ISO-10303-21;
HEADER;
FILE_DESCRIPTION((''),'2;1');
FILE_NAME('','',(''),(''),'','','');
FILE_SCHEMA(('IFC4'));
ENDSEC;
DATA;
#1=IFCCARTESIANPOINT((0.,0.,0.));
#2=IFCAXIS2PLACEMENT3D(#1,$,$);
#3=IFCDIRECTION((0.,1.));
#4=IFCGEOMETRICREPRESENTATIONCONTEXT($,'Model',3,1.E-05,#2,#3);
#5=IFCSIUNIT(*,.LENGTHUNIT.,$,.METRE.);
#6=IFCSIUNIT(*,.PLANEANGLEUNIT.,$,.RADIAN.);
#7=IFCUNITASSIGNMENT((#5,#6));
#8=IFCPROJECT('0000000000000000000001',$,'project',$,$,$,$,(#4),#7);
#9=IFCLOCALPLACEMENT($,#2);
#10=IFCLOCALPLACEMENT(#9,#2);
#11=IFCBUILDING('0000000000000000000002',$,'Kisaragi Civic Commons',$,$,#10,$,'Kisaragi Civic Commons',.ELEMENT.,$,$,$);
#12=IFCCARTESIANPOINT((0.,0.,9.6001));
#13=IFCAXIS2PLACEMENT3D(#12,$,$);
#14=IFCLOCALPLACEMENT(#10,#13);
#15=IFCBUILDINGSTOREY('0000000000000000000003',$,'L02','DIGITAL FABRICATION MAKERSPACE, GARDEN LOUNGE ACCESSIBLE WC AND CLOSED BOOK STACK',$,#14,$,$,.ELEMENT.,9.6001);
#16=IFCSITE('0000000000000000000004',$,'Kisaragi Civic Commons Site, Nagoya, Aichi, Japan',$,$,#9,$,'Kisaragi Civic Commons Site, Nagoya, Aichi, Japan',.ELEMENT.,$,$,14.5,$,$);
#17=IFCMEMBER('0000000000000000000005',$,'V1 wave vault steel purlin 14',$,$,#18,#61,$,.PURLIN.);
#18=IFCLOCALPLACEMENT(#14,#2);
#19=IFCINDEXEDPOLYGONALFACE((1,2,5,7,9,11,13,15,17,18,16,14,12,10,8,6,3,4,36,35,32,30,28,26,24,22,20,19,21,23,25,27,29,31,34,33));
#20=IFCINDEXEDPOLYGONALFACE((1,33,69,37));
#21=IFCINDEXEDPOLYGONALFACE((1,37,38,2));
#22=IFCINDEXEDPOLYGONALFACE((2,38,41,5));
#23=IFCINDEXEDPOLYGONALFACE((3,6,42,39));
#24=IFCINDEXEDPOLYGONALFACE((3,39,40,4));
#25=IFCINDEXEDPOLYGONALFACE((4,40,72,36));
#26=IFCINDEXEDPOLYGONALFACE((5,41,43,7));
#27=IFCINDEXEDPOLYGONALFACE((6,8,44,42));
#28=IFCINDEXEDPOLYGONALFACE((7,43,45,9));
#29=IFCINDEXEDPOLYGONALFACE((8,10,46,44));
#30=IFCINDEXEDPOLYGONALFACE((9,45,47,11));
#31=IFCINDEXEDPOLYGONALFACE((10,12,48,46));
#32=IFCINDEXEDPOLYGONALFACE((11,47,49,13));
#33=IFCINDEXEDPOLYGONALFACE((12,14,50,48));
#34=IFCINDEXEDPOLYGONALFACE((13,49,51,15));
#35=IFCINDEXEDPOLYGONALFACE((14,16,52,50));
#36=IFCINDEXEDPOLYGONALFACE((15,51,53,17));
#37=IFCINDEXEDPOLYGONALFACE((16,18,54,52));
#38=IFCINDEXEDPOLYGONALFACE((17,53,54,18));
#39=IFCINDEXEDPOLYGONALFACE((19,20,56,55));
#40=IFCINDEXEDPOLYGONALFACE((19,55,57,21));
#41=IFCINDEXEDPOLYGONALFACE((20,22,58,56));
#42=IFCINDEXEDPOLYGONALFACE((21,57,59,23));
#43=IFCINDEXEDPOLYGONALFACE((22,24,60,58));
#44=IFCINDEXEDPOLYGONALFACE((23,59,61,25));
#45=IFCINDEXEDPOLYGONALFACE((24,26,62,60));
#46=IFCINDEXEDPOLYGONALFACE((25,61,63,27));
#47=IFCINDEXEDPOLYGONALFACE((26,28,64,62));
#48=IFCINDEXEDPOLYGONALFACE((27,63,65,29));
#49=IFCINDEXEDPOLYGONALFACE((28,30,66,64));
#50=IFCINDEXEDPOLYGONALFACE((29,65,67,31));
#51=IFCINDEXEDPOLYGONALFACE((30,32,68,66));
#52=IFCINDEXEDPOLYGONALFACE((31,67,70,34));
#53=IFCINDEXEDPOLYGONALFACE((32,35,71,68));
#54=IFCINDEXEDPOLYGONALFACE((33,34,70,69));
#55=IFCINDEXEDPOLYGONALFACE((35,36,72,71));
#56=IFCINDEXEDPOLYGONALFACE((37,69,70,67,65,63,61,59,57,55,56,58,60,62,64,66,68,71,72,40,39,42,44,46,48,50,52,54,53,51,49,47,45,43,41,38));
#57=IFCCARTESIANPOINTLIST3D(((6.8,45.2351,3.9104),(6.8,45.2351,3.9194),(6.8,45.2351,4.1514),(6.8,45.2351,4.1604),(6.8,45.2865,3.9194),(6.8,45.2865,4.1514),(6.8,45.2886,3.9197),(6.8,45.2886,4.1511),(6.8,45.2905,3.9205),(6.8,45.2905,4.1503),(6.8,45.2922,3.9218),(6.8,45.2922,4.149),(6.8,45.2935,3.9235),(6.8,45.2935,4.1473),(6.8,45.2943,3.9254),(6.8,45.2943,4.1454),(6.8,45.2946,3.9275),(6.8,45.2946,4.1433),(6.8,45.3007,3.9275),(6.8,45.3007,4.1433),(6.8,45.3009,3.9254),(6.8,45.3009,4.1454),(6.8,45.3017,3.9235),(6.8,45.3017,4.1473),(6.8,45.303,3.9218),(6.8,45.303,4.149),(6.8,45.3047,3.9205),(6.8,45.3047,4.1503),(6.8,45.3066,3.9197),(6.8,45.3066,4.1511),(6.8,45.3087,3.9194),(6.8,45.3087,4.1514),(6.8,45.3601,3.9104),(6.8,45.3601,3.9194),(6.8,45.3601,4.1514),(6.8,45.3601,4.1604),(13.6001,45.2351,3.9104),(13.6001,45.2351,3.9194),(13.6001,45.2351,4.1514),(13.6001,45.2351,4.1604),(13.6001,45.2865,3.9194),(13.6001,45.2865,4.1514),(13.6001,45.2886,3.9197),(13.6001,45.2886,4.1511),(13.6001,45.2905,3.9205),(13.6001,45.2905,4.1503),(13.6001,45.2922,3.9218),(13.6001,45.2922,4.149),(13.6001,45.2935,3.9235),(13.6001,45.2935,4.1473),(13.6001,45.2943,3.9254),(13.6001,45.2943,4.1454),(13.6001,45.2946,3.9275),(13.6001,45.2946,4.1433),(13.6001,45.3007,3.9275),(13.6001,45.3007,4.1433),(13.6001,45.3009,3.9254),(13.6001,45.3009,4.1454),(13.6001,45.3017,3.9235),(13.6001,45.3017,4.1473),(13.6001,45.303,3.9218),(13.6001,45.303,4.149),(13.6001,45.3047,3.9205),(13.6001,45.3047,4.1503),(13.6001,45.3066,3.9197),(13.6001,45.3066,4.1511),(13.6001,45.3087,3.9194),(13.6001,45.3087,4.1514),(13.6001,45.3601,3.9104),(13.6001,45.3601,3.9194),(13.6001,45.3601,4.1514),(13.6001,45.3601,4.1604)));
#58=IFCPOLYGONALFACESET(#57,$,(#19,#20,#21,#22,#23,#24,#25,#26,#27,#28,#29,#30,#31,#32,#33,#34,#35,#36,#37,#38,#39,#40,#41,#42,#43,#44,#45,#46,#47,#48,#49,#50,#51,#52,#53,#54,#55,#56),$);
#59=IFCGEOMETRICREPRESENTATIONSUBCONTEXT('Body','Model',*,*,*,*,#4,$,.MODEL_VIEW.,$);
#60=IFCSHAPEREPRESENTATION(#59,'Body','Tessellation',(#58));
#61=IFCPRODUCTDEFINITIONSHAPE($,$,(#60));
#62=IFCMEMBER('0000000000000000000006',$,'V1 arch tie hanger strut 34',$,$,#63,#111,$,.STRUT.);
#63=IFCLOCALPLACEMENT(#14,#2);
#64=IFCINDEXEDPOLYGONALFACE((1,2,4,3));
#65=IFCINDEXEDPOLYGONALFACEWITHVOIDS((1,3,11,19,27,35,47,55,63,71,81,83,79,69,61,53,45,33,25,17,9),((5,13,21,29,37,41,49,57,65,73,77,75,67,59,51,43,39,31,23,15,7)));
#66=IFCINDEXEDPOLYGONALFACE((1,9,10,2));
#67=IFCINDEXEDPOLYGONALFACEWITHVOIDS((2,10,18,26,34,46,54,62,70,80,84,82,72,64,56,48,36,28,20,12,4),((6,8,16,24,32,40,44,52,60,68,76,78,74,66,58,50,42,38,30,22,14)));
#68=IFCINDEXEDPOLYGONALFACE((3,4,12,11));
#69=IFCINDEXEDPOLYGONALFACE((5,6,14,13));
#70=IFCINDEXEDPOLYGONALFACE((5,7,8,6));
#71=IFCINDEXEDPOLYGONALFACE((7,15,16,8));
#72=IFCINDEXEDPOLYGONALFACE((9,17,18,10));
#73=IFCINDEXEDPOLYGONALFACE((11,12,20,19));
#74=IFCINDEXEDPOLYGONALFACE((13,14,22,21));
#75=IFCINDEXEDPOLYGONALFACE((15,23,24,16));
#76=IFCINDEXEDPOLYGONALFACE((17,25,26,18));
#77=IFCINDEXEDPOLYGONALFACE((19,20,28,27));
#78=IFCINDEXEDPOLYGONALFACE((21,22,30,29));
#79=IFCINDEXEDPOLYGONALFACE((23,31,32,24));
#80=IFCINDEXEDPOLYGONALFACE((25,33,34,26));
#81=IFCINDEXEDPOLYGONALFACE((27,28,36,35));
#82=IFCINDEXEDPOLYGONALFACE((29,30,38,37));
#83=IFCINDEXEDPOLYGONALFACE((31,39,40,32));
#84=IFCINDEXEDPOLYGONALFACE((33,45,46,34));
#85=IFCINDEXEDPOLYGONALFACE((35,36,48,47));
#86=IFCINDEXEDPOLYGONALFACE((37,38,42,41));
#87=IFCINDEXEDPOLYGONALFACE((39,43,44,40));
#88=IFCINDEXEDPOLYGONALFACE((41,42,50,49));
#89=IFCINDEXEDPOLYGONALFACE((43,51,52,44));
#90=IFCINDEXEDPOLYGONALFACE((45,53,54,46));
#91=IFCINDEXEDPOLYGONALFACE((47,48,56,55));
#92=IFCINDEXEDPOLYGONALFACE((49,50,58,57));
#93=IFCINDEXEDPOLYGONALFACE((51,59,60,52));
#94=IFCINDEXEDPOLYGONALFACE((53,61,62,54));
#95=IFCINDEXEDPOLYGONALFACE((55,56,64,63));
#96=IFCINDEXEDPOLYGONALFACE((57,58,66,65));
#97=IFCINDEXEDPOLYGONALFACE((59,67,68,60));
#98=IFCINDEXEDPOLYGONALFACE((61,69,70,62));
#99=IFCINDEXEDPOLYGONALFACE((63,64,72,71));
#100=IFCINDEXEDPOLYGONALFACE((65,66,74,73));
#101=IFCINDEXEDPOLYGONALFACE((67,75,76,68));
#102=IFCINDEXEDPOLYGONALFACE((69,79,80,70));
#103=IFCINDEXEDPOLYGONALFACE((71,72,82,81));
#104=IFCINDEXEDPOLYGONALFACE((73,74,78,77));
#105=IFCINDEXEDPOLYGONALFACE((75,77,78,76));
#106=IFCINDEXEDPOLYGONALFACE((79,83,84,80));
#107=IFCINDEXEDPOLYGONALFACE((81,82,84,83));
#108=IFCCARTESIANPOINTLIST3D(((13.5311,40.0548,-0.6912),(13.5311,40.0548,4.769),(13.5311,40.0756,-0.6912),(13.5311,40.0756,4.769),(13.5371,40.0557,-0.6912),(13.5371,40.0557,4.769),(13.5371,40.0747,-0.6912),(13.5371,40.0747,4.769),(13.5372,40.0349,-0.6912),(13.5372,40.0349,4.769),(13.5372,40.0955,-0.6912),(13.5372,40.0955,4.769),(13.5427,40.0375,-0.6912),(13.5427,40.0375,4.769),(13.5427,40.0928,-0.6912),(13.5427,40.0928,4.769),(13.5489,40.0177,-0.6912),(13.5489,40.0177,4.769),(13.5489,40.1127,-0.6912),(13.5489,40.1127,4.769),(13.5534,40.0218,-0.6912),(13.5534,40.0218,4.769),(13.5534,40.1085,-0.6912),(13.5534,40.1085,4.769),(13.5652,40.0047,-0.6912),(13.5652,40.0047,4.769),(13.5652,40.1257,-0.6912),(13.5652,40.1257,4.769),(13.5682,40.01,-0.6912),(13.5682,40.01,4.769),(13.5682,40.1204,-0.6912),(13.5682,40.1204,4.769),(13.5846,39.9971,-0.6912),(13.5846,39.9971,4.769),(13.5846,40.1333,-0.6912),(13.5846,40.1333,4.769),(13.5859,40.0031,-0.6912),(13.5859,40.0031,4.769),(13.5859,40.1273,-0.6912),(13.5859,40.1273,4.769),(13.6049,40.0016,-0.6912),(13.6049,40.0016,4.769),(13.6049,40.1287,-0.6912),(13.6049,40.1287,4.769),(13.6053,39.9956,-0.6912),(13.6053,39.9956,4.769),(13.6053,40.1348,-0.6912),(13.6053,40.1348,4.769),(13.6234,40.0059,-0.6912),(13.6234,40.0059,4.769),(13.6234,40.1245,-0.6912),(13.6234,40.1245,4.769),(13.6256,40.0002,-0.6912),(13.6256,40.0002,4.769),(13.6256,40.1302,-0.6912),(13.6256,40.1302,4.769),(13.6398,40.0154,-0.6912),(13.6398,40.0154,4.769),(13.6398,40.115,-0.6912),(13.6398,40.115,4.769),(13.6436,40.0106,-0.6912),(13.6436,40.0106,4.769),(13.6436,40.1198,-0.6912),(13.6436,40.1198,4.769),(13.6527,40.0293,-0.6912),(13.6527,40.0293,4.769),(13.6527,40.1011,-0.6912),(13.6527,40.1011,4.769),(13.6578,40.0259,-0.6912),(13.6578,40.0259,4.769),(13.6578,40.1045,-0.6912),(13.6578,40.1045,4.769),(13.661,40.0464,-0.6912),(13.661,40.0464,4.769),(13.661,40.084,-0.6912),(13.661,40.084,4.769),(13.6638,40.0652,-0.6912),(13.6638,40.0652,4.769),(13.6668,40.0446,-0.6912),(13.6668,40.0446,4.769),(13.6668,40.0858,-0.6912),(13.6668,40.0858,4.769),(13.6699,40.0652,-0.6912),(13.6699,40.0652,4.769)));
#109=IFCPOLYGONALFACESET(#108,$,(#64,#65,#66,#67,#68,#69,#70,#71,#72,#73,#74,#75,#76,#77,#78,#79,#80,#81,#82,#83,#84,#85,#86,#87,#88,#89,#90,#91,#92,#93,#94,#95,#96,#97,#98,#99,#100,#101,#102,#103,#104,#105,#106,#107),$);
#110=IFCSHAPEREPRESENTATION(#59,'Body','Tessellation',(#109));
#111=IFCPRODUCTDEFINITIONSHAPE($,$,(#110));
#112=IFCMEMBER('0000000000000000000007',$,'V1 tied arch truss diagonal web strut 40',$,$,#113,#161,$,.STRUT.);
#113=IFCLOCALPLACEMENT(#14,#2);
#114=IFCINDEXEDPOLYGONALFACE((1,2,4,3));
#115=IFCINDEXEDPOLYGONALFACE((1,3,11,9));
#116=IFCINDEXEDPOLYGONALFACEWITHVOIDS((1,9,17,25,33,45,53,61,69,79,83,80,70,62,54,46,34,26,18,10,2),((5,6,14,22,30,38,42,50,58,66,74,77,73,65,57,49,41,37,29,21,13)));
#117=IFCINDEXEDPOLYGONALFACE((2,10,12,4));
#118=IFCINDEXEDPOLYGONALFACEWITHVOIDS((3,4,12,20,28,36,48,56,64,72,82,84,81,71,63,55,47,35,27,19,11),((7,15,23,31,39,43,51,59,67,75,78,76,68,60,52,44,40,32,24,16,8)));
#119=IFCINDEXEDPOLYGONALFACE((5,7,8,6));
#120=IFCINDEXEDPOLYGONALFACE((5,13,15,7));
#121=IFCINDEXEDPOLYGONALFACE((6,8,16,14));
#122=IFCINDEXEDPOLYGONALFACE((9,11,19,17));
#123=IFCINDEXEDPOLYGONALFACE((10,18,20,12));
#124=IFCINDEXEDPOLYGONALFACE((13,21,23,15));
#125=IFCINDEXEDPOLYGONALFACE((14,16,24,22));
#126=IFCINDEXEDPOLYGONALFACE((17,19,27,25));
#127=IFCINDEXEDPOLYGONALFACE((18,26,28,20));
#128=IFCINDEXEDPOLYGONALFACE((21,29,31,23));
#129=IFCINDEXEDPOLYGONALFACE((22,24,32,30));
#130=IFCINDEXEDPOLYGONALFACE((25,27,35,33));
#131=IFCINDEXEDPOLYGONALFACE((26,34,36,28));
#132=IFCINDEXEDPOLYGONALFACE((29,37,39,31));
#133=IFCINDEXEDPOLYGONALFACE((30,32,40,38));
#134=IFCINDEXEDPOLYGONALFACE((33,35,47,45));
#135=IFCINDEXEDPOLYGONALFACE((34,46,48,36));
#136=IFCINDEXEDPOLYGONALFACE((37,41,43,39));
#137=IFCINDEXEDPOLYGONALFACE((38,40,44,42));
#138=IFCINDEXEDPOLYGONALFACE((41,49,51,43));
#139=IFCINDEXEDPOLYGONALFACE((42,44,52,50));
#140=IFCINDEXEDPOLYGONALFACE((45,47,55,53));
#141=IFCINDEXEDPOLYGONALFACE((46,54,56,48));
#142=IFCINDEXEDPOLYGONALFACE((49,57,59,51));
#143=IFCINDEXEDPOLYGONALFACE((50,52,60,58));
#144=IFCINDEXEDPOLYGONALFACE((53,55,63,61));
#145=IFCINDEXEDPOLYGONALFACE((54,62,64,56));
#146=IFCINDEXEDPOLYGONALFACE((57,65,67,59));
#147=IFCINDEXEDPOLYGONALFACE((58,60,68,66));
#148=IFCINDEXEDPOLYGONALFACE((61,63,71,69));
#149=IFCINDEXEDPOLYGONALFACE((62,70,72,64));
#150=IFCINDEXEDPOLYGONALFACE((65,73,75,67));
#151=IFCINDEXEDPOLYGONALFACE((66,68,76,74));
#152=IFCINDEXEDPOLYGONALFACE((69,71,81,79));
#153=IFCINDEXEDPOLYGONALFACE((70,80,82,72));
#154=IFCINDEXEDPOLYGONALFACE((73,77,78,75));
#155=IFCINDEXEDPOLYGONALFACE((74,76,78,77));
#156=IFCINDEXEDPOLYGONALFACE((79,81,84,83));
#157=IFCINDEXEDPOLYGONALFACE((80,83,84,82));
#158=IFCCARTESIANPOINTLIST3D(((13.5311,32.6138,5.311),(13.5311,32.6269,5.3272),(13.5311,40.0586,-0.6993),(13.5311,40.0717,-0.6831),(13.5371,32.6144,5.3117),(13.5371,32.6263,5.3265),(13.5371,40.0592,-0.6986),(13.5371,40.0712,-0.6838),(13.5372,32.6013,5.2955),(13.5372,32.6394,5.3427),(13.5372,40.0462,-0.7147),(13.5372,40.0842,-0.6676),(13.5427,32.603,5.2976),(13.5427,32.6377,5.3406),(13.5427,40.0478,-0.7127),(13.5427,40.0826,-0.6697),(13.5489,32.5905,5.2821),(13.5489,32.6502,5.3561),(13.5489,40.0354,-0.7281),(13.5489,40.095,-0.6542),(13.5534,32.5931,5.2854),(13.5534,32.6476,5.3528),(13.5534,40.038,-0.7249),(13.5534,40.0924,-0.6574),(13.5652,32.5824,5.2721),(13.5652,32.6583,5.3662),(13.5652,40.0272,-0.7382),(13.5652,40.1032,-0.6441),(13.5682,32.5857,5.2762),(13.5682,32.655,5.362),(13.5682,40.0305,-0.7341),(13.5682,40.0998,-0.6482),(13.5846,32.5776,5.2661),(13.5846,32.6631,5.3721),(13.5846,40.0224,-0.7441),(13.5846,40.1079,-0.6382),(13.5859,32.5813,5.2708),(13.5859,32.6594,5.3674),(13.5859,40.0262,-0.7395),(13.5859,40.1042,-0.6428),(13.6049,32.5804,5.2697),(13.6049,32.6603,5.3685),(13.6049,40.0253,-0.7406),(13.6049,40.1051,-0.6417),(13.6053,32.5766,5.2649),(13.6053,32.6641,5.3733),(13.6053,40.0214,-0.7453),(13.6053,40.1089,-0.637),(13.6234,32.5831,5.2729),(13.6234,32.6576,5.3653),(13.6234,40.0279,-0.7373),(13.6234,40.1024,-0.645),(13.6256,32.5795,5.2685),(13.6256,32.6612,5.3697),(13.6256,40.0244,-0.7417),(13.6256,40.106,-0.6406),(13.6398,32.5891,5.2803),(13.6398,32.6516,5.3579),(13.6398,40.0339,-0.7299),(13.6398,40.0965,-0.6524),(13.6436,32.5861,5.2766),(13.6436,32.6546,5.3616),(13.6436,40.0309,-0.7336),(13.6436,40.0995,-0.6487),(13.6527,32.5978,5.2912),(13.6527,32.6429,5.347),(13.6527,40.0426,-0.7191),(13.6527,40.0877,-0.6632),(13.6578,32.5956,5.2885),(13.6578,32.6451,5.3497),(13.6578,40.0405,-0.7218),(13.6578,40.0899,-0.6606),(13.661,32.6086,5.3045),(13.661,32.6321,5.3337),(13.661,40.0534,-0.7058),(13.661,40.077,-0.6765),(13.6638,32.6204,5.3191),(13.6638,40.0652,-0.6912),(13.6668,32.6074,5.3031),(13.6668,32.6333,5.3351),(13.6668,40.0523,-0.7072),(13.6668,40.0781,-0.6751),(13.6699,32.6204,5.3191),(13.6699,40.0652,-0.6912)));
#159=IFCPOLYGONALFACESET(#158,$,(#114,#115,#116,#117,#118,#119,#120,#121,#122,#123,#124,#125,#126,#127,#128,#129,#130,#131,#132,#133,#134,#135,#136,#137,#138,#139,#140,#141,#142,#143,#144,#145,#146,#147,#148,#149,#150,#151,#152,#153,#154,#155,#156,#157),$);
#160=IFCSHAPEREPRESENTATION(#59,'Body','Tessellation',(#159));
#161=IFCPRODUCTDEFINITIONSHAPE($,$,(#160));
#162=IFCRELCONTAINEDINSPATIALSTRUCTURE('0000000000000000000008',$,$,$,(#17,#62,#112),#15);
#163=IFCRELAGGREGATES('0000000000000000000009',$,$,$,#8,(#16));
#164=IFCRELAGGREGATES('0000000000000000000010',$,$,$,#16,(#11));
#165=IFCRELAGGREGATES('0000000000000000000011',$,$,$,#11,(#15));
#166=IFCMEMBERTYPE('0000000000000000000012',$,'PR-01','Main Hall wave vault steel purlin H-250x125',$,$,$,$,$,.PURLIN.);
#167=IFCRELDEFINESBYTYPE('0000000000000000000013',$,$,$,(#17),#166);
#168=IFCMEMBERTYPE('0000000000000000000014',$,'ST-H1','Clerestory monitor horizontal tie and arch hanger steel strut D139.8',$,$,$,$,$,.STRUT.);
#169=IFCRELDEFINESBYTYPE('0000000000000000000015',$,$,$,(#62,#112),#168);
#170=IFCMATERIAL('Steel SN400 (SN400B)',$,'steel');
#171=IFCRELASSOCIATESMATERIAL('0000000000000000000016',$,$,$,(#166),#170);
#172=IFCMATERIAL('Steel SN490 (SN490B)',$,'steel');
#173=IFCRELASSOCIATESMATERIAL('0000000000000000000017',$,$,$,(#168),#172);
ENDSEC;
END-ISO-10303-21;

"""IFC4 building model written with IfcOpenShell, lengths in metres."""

from ifc_helpers import new_model, si_unit, direction, frame, origin, origin_2d, place, context, subcontext, project, spatial, hollow_circle, i_section, extrude, material, material_profile, profile_set, type_object, element, save


model = new_model("IFC4")

# Units and contexts
model_context = context("Model", 3, precision=1e-05, world=origin(), true_north=direction((0.0, 1.0)))
body_context = subcontext(model_context, "Body", "Model", "MODEL_VIEW")
ifc_project = project(units=[si_unit("LENGTHUNIT", "METRE"), si_unit("PLANEANGLEUNIT", "RADIAN")], contexts=[model_context])

# Site, building, storey
site_placement = place(None, origin())
site = spatial("IfcSite", under=ifc_project, at=site_placement, Name="Kisaragi Civic Commons Site, Nagoya, Aichi, Japan", LongName="Kisaragi Civic Commons Site, Nagoya, Aichi, Japan", CompositionType="ELEMENT", RefElevation=14.5)
building_placement = place(site_placement, origin())
building = spatial("IfcBuilding", under=site, at=building_placement, Name="Kisaragi Civic Commons", LongName="Kisaragi Civic Commons", CompositionType="ELEMENT")
storey_placement = place(building_placement, frame((0.0, 0.0, 9.6001)))
storey = spatial("IfcBuildingStorey", under=building, at=storey_placement, Name="L02", Description="DIGITAL FABRICATION MAKERSPACE, GARDEN LOUNGE ACCESSIBLE WC AND CLOSED BOOK STACK", CompositionType="ELEMENT", Elevation=9.6001)

# Shared definitions
ifc_material_1 = material(Name="Steel SN400 (SN400B)", Category="steel")

# Members
ifc_material_2 = material(Name="Steel SN490 (SN490B)", Category="steel")
ifc_material_profile_1 = material_profile(ifc_material_1, i_section(OverallWidth=0.125, OverallDepth=0.25, WebThickness=0.0061, FlangeThickness=0.009, FilletRadius=0.0081, at=origin_2d()), Name="H-250x125x6x9", Category="steel")
ifc_profile_set_1 = profile_set([ifc_material_profile_1], Name="Steel SN400 (SN400B)")
member_type_1 = type_object("IfcMemberType", Name="PR-01", Description="Main Hall wave vault steel purlin H-250x125", PredefinedType="PURLIN", material=ifc_profile_set_1)
member_1_placement = place(storey_placement, frame((6.8, 45.2976, 4.0354), z_axis=(1.0, 0.0, 0.0), x_axis=(0.0, 1.0, 0.0)))
element("IfcMember", 1, at=member_1_placement, inside=storey, type_object=member_type_1, Name="V1 wave vault steel purlin 14", PredefinedType="PURLIN", context=body_context, shape_type="SweptSolid", body=[
    extrude(i_section(OverallWidth=0.125, OverallDepth=0.25, WebThickness=0.0061, FlangeThickness=0.009, FilletRadius=0.0081, at=origin_2d()), origin(), (0.0, 0.0, 1.0), 6.8),
])
ifc_material_profile_2 = material_profile(ifc_material_2, hollow_circle(Radius=0.0698, WallThickness=0.0061, at=origin_2d()), Name="CHS-139.8x6.0", Category="steel")
ifc_profile_set_2 = profile_set([ifc_material_profile_2], Name="Steel SN490 (SN490B)")
member_type_2 = type_object("IfcMemberType", Name="ST-H1", Description="Clerestory monitor horizontal tie and arch hanger steel strut D139.8", PredefinedType="STRUT", material=ifc_profile_set_2)
member_2_placement = place(storey_placement, frame((13.6001, 40.0652, -0.6912), z_axis=(0.0, 0.0, 1.0), x_axis=(1.0, 0.0, 0.0)))
element("IfcMember", 2, at=member_2_placement, inside=storey, type_object=member_type_2, Name="V1 arch tie hanger strut 34", PredefinedType="STRUT", context=body_context, shape_type="SweptSolid", body=[
    extrude(hollow_circle(Radius=0.0698, WallThickness=0.0061, at=origin_2d()), origin(), (0.0, 0.0, 1.0), 5.4602),
])
member_3_placement = place(storey_placement, frame((13.6001, 40.0652, -0.6912), z_axis=(0.0, -0.778088, 0.628155), x_axis=(1.0, 0.0, 0.0)))
element("IfcMember", 3, at=member_3_placement, inside=storey, type_object=member_type_2, Name="V1 tied arch truss diagonal web strut 40", PredefinedType="STRUT", context=body_context, shape_type="SweptSolid", body=[
    extrude(hollow_circle(Radius=0.0698, WallThickness=0.0061, at=origin_2d()), origin(), (0.0, 0.0, 1.0), 9.5681),
])

save(model, "model.ifc")
